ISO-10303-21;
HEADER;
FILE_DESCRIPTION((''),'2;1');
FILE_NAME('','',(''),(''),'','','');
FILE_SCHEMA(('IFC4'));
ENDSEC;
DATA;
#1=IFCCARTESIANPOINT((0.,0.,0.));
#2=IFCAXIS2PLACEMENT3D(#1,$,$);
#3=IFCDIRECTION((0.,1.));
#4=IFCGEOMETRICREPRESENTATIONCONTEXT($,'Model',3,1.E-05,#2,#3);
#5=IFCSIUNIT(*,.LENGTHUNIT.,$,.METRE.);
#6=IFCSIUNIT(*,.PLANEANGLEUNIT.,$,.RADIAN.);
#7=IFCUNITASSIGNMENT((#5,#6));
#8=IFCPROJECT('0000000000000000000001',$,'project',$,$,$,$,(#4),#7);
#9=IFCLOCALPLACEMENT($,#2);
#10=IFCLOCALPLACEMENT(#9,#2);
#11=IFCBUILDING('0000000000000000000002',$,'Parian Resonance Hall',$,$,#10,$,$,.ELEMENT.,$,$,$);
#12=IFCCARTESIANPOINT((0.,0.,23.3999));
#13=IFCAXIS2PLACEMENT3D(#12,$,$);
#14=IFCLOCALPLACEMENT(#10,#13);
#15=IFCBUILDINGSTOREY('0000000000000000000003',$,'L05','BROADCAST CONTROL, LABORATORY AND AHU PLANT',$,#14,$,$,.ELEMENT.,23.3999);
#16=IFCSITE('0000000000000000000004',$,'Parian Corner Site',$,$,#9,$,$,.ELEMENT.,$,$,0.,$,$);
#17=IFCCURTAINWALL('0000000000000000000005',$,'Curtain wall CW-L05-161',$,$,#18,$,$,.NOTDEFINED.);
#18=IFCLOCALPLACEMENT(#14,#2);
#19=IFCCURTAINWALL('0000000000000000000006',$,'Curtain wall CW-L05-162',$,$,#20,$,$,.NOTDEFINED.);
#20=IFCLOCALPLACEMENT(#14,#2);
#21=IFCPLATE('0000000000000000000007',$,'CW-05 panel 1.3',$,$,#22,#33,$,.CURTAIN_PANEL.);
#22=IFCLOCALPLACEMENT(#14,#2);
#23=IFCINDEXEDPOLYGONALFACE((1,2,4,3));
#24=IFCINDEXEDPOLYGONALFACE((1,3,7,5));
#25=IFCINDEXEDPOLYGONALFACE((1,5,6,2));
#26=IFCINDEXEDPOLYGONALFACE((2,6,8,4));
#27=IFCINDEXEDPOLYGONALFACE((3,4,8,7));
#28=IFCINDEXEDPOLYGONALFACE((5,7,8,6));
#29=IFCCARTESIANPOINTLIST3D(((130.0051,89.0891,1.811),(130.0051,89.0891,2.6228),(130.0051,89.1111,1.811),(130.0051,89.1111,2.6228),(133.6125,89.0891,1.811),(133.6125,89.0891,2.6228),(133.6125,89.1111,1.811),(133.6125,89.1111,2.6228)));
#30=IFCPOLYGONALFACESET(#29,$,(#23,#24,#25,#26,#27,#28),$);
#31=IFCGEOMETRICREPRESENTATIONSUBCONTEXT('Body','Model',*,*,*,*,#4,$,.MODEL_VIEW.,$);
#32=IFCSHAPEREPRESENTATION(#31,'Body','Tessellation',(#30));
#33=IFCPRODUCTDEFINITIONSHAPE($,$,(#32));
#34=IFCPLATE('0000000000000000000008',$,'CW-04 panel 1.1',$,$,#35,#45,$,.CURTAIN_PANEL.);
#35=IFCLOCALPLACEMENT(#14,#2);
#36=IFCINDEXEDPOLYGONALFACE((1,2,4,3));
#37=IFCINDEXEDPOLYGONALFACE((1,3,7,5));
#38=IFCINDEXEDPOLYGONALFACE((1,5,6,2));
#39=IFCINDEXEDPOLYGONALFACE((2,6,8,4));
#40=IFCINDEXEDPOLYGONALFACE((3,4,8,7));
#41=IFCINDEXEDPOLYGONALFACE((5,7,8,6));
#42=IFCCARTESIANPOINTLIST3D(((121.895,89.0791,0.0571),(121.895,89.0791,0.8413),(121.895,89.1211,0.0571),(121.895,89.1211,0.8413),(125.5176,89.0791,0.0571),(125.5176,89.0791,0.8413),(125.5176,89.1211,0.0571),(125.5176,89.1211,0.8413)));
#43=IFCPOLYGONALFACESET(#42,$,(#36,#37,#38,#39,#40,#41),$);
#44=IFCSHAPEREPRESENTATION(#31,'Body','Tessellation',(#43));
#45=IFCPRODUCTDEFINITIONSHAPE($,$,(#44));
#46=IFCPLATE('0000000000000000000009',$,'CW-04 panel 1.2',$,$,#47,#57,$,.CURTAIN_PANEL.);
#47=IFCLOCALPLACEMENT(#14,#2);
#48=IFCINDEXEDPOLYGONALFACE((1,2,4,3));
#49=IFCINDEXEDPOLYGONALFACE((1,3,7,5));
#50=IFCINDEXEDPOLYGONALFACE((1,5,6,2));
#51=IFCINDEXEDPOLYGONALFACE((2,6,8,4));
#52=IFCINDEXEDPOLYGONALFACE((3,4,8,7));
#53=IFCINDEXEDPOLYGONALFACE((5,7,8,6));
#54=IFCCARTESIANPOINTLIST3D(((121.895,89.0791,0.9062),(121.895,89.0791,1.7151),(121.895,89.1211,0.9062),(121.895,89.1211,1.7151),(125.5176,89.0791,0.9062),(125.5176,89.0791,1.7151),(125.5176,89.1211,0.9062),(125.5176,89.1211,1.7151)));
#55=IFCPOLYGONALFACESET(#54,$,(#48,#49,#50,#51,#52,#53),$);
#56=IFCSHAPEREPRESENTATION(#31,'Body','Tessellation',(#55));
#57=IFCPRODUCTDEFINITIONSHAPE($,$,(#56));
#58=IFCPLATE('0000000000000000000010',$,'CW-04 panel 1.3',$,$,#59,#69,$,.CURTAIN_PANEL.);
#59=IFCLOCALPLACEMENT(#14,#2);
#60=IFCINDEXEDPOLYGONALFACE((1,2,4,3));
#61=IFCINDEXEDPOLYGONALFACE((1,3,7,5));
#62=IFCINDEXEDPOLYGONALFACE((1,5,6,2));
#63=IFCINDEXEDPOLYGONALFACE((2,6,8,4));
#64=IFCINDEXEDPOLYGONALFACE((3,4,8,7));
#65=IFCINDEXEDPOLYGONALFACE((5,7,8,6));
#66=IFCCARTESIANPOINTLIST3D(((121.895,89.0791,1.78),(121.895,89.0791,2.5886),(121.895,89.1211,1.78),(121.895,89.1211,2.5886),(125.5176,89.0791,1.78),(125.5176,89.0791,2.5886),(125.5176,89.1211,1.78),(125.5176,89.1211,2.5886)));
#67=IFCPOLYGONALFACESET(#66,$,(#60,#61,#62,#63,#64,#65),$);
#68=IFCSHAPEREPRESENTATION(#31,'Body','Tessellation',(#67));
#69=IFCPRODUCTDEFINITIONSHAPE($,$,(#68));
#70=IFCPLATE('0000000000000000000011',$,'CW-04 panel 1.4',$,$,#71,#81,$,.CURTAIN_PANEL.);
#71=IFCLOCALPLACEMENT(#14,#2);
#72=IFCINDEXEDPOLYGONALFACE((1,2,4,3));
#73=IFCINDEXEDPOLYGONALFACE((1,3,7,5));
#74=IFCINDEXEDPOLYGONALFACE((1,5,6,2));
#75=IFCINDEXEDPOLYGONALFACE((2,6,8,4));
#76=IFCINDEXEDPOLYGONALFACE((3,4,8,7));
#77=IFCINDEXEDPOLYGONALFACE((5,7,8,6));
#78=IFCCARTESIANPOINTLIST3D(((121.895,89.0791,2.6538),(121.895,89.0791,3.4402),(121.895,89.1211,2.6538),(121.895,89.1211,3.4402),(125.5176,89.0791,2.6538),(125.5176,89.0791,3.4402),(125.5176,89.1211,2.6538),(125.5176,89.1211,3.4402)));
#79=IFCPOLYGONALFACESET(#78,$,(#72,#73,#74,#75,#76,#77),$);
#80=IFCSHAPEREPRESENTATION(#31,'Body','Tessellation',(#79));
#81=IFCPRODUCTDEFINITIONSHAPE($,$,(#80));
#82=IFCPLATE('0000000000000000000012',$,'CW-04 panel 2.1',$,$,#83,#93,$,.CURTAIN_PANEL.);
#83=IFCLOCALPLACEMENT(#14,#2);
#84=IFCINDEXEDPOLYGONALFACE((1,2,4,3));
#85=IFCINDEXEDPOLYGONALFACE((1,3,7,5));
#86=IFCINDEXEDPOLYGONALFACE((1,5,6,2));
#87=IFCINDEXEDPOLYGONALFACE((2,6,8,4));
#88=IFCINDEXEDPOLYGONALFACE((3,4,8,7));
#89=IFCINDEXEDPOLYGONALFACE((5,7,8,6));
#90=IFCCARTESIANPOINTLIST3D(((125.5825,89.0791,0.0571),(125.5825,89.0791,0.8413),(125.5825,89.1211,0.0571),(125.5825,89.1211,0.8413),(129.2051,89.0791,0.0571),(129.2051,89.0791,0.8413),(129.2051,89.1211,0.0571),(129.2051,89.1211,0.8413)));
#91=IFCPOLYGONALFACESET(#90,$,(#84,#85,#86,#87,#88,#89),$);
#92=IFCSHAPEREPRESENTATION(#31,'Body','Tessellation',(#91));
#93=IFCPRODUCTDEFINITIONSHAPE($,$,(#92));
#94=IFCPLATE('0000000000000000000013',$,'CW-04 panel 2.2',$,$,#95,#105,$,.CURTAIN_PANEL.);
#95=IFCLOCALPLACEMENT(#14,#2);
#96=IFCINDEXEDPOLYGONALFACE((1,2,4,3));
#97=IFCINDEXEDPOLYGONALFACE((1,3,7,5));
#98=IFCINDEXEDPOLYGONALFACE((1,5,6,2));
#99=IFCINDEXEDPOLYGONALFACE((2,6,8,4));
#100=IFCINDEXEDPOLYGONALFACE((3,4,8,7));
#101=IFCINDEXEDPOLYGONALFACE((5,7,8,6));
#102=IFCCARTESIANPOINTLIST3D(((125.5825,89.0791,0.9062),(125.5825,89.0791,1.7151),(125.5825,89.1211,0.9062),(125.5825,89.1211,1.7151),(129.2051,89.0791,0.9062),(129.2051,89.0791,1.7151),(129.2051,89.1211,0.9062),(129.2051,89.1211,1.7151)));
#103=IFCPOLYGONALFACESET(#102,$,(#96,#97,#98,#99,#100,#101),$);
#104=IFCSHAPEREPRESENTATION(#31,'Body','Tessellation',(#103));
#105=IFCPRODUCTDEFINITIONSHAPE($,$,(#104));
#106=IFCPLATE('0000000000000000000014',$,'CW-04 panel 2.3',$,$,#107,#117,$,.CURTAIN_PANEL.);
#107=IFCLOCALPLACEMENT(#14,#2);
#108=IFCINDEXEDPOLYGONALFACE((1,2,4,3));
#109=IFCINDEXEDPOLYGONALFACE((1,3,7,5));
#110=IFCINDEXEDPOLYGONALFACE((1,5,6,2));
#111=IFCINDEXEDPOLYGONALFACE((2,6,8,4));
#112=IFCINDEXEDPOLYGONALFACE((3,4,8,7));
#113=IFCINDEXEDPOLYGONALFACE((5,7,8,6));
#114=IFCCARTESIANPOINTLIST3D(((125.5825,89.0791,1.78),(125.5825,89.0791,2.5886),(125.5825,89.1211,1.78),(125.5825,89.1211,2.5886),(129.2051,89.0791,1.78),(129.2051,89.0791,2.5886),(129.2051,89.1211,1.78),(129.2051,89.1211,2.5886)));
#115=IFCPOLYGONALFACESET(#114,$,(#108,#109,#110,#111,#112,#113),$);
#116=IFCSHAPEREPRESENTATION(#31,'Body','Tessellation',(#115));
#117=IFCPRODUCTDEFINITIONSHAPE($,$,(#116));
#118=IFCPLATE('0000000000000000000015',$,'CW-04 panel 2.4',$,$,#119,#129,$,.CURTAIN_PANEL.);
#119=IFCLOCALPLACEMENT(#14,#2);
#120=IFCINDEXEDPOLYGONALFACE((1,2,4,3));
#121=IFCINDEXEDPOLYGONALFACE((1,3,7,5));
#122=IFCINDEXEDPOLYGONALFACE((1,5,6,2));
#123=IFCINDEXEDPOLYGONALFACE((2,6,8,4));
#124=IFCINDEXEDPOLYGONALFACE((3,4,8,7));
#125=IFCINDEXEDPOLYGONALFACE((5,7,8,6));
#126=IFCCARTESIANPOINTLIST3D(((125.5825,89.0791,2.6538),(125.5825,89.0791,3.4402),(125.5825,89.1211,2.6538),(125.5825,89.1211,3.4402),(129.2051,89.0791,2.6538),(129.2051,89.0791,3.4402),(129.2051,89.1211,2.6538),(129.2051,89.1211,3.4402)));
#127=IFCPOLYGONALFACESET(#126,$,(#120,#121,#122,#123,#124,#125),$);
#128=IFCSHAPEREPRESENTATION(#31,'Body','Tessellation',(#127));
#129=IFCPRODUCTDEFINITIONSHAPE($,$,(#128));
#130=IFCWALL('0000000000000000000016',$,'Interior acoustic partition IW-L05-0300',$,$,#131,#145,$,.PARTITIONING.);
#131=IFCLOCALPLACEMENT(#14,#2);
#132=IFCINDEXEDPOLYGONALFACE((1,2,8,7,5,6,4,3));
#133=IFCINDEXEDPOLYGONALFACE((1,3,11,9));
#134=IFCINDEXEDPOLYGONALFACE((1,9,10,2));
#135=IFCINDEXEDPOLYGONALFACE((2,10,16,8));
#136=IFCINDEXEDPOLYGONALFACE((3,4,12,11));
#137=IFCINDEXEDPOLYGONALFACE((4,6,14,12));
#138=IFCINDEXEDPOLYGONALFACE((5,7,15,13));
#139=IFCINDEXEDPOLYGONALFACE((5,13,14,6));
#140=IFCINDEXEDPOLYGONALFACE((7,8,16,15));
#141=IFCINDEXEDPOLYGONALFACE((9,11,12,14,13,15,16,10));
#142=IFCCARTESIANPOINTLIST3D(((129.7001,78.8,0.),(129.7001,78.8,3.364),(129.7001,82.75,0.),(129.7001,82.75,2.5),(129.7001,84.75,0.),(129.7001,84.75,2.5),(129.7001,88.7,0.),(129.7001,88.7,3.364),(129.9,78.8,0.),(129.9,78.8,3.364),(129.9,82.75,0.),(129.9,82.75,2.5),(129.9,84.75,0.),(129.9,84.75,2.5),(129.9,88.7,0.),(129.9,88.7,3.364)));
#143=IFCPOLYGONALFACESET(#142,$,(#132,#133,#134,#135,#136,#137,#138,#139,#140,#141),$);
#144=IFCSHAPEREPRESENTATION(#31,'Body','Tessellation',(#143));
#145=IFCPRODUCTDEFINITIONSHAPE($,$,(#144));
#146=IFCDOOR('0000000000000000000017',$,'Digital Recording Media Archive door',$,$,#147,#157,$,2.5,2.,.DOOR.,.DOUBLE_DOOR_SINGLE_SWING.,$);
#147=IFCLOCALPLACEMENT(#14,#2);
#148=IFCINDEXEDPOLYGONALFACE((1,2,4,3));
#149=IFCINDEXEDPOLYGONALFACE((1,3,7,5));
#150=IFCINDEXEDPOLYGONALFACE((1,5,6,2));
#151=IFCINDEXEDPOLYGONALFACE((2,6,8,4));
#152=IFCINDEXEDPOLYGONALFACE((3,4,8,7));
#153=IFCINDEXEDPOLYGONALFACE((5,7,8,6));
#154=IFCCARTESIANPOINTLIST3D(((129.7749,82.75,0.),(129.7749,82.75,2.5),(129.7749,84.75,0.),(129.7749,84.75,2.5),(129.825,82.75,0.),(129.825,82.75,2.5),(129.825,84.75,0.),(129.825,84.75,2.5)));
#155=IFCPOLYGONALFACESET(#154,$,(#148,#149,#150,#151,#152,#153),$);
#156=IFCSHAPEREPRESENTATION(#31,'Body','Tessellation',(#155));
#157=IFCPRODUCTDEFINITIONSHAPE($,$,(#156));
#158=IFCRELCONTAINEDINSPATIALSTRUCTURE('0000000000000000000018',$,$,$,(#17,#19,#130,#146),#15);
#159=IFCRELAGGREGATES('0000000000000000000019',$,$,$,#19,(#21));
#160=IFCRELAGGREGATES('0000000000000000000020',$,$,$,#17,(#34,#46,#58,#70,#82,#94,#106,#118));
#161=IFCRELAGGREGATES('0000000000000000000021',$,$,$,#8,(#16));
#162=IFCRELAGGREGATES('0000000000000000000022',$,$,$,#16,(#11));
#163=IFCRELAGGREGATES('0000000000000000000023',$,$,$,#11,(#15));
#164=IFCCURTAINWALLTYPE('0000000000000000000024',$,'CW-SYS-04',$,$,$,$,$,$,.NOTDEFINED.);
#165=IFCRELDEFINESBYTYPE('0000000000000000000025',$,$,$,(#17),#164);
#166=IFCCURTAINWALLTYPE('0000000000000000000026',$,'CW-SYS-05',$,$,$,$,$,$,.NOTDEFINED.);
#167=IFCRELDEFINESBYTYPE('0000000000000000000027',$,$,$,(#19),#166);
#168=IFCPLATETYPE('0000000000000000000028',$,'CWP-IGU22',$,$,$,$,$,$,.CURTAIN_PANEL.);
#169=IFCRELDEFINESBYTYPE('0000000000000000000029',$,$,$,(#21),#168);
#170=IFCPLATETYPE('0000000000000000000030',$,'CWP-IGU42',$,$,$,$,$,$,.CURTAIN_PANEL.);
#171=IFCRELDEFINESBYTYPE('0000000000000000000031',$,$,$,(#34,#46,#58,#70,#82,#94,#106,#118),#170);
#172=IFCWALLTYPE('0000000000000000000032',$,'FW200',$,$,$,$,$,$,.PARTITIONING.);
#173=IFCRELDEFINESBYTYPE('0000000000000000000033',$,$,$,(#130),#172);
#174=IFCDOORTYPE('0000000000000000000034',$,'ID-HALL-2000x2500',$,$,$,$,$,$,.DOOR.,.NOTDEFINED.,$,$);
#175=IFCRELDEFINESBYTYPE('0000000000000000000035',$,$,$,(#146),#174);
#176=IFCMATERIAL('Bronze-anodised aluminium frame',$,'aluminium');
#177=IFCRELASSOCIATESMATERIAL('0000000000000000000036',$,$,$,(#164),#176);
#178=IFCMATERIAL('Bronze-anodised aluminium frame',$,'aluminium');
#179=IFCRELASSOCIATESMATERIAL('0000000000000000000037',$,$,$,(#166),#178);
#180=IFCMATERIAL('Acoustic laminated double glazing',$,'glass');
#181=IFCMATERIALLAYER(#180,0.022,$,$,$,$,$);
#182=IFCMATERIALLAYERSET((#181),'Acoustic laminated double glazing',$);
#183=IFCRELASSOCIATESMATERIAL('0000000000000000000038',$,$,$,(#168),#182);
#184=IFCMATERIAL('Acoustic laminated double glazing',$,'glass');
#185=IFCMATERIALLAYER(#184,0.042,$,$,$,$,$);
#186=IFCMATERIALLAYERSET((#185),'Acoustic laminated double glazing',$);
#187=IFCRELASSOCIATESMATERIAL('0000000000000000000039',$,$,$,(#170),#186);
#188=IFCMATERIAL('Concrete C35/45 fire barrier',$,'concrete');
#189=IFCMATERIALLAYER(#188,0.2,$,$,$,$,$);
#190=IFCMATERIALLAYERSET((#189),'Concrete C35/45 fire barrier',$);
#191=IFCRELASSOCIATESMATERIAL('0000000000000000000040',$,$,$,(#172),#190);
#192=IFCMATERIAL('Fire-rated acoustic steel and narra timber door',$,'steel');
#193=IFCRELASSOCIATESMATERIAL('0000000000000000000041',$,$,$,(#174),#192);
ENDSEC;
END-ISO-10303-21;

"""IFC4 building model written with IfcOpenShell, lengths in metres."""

from ifc_helpers import new_model, si_unit, direction, frame, frame_2d, origin, origin_2d, place, context, subcontext, project, spatial, rectangle, extrude, material, layer, layer_set, type_object, element, fill, aggregate, save


model = new_model("IFC4")

# Units and contexts
model_context = context("Model", 3, precision=1e-05, world=origin(), true_north=direction((0.0, 1.0)))
body_context = subcontext(model_context, "Body", "Model", "MODEL_VIEW")
ifc_project = project(units=[si_unit("LENGTHUNIT", "METRE"), si_unit("PLANEANGLEUNIT", "RADIAN")], contexts=[model_context])

# Site, building, storey
site_placement = place(None, origin())
site = spatial("IfcSite", under=ifc_project, at=site_placement, Name="Parian Corner Site", CompositionType="ELEMENT", RefElevation=0.0)
building_placement = place(site_placement, origin())
building = spatial("IfcBuilding", under=site, at=building_placement, Name="Parian Resonance Hall", CompositionType="ELEMENT")
storey_placement = place(building_placement, frame((0.0, 0.0, 23.3999)))
storey = spatial("IfcBuildingStorey", under=building, at=storey_placement, Name="L05", Description="BROADCAST CONTROL, LABORATORY AND AHU PLANT", CompositionType="ELEMENT", Elevation=23.3999)

# Curtain wall
ifc_material_1 = material(Name="Bronze-anodised aluminium frame", Category="aluminium")
curtain_wall_type_1 = type_object("IfcCurtainWallType", Name="CW-SYS-04", PredefinedType="NOTDEFINED", material=ifc_material_1)
curtain_wall_1_placement = place(storey_placement, origin())
curtain_wall_1 = element("IfcCurtainWall", 1, at=curtain_wall_1_placement, inside=storey, type_object=curtain_wall_type_1, Name="Curtain wall CW-L05-161", PredefinedType="NOTDEFINED")

# Curtain wall
ifc_material_2 = material(Name="Bronze-anodised aluminium frame", Category="aluminium")
curtain_wall_type_2 = type_object("IfcCurtainWallType", Name="CW-SYS-05", PredefinedType="NOTDEFINED", material=ifc_material_2)
curtain_wall_2_placement = place(storey_placement, origin())
curtain_wall_2 = element("IfcCurtainWall", 2, at=curtain_wall_2_placement, inside=storey, type_object=curtain_wall_type_2, Name="Curtain wall CW-L05-162", PredefinedType="NOTDEFINED")

# Plates
ifc_material_3 = material(Name="Acoustic laminated double glazing", Category="glass")
ifc_layer_1 = layer(ifc_material_3, 0.022)
ifc_layer_set_1 = layer_set([ifc_layer_1], Name="Acoustic laminated double glazing")
plate_type_1 = type_object("IfcPlateType", Name="CWP-IGU22", PredefinedType="CURTAIN_PANEL", material=ifc_layer_set_1)
plate_1_placement = place(storey_placement, frame((131.8088, 89.1001, 1.811), z_axis=(0.0, 0.0, 1.0), x_axis=(1.0, 0.0, 0.0)))
plate_1 = element("IfcPlate", 3, at=plate_1_placement, type_object=plate_type_1, Name="CW-05 panel 1.3", PredefinedType="CURTAIN_PANEL", context=body_context, shape_type="SweptSolid", body=[
    extrude(rectangle(XDim=3.6074, YDim=0.022, at=origin_2d()), origin(), (0.0, 0.0, 1.0), 0.8118),
])
aggregate(curtain_wall_2, [plate_1])
ifc_material_4 = material(Name="Acoustic laminated double glazing", Category="glass")
ifc_layer_2 = layer(ifc_material_4, 0.042)
ifc_layer_set_2 = layer_set([ifc_layer_2], Name="Acoustic laminated double glazing")
plate_type_2 = type_object("IfcPlateType", Name="CWP-IGU42", PredefinedType="CURTAIN_PANEL", material=ifc_layer_set_2)
plate_2_placement = place(storey_placement, frame((123.7063, 89.1001, 0.0571), z_axis=(0.0, 0.0, 1.0), x_axis=(1.0, 0.0, 0.0)))
plate_2 = element("IfcPlate", 4, at=plate_2_placement, type_object=plate_type_2, Name="CW-04 panel 1.1", PredefinedType="CURTAIN_PANEL", context=body_context, shape_type="SweptSolid", body=[
    extrude(rectangle(XDim=3.6226, YDim=0.042, at=origin_2d()), origin(), (0.0, 0.0, 1.0), 0.7842),
])
plate_3_placement = place(storey_placement, frame((123.7063, 89.1001, 0.9062), z_axis=(0.0, 0.0, 1.0), x_axis=(1.0, 0.0, 0.0)))
plate_3 = element("IfcPlate", 5, at=plate_3_placement, type_object=plate_type_2, Name="CW-04 panel 1.2", PredefinedType="CURTAIN_PANEL", context=body_context, shape_type="SweptSolid", body=[
    extrude(rectangle(XDim=3.6226, YDim=0.042, at=origin_2d()), origin(), (0.0, 0.0, 1.0), 0.8088),
])
plate_4_placement = place(storey_placement, frame((123.7063, 89.1001, 1.78), z_axis=(0.0, 0.0, 1.0), x_axis=(1.0, 0.0, 0.0)))
plate_4 = element("IfcPlate", 6, at=plate_4_placement, type_object=plate_type_2, Name="CW-04 panel 1.3", PredefinedType="CURTAIN_PANEL", context=body_context, shape_type="SweptSolid", body=[
    extrude(rectangle(XDim=3.6226, YDim=0.042, at=origin_2d()), origin(), (0.0, 0.0, 1.0), 0.8086),
])
plate_5_placement = place(storey_placement, frame((123.7063, 89.1001, 2.6538), z_axis=(0.0, 0.0, 1.0), x_axis=(1.0, 0.0, 0.0)))
plate_5 = element("IfcPlate", 7, at=plate_5_placement, type_object=plate_type_2, Name="CW-04 panel 1.4", PredefinedType="CURTAIN_PANEL", context=body_context, shape_type="SweptSolid", body=[
    extrude(rectangle(XDim=3.6226, YDim=0.042, at=origin_2d()), origin(), (0.0, 0.0, 1.0), 0.7864),
])
plate_6_placement = place(storey_placement, frame((127.3938, 89.1001, 0.0571), z_axis=(0.0, 0.0, 1.0), x_axis=(1.0, 0.0, 0.0)))
plate_6 = element("IfcPlate", 8, at=plate_6_placement, type_object=plate_type_2, Name="CW-04 panel 2.1", PredefinedType="CURTAIN_PANEL", context=body_context, shape_type="SweptSolid", body=[
    extrude(rectangle(XDim=3.6226, YDim=0.042, at=origin_2d()), origin(), (0.0, 0.0, 1.0), 0.7842),
])
plate_7_placement = place(storey_placement, frame((127.3938, 89.1001, 0.9062), z_axis=(0.0, 0.0, 1.0), x_axis=(1.0, 0.0, 0.0)))
plate_7 = element("IfcPlate", 9, at=plate_7_placement, type_object=plate_type_2, Name="CW-04 panel 2.2", PredefinedType="CURTAIN_PANEL", context=body_context, shape_type="SweptSolid", body=[
    extrude(rectangle(XDim=3.6226, YDim=0.042, at=origin_2d()), origin(), (0.0, 0.0, 1.0), 0.8088),
])
plate_8_placement = place(storey_placement, frame((127.3938, 89.1001, 1.78), z_axis=(0.0, 0.0, 1.0), x_axis=(1.0, 0.0, 0.0)))
plate_8 = element("IfcPlate", 10, at=plate_8_placement, type_object=plate_type_2, Name="CW-04 panel 2.3", PredefinedType="CURTAIN_PANEL", context=body_context, shape_type="SweptSolid", body=[
    extrude(rectangle(XDim=3.6226, YDim=0.042, at=origin_2d()), origin(), (0.0, 0.0, 1.0), 0.8086),
])
plate_9_placement = place(storey_placement, frame((127.3938, 89.1001, 2.6538), z_axis=(0.0, 0.0, 1.0), x_axis=(1.0, 0.0, 0.0)))
plate_9 = element("IfcPlate", 11, at=plate_9_placement, type_object=plate_type_2, Name="CW-04 panel 2.4", PredefinedType="CURTAIN_PANEL", context=body_context, shape_type="SweptSolid", body=[
    extrude(rectangle(XDim=3.6226, YDim=0.042, at=origin_2d()), origin(), (0.0, 0.0, 1.0), 0.7864),
])
aggregate(curtain_wall_1, [plate_2, plate_3, plate_4, plate_5, plate_6, plate_7, plate_8, plate_9])

# Wall, opening, door
ifc_material_5 = material(Name="Concrete C35/45 fire barrier", Category="concrete")
ifc_layer_3 = layer(ifc_material_5, 0.2)
ifc_layer_set_3 = layer_set([ifc_layer_3], Name="Concrete C35/45 fire barrier")
wall_type = type_object("IfcWallType", Name="FW200", PredefinedType="PARTITIONING", material=ifc_layer_set_3)
wall_placement = place(storey_placement, frame((129.8, 88.7, 0.0), z_axis=(0.0, 0.0, 1.0), x_axis=(0.0, -1.0, 0.0)))
wall = element("IfcWall", 12, at=wall_placement, inside=storey, type_object=wall_type, Name="Interior acoustic partition IW-L05-0300", PredefinedType="PARTITIONING", context=body_context, shape_type="SweptSolid", body=[
    extrude(rectangle(XDim=9.8999, YDim=0.2, at=frame_2d((4.95, 0.0))), origin(), (0.0, 0.0, 1.0), 3.364),
])
opening_placement = place(wall_placement, frame((3.95, 0.0, 0.0)))
opening = element("IfcOpeningElement", 13, at=opening_placement, cuts=wall, PredefinedType="OPENING", context=body_context, shape_type="SweptSolid", body=[
    extrude(rectangle(XDim=2.0, YDim=2.5, at=frame_2d((1.0, 1.25))), frame((0.0, 0.1099, 0.0), z_axis=(0.0, -1.0, 0.0), x_axis=(1.0, 0.0, 0.0)), (0.0, 0.0, 1.0), 0.22),
])
ifc_material_6 = material(Name="Fire-rated acoustic steel and narra timber door", Category="steel")
door_type = type_object("IfcDoorType", Name="ID-HALL-2000x2500", OperationType="NOTDEFINED", PredefinedType="DOOR", material=ifc_material_6)
door_placement = place(opening_placement, origin())
door = element("IfcDoor", 14, at=door_placement, inside=storey, type_object=door_type, Name="Digital Recording Media Archive door", OperationType="DOUBLE_DOOR_SINGLE_SWING", OverallHeight=2.5, OverallWidth=2.0, PredefinedType="DOOR", context=body_context, shape_type="SweptSolid", body=[
    extrude(rectangle(XDim=2.0, YDim=2.5, at=frame_2d((1.0, 1.25))), frame((0.0, 0.0249, 0.0), z_axis=(0.0, -1.0, 0.0), x_axis=(1.0, 0.0, 0.0)), (0.0, 0.0, 1.0), 0.05),
])
fill(opening, door)

save(model, "model.ifc")
